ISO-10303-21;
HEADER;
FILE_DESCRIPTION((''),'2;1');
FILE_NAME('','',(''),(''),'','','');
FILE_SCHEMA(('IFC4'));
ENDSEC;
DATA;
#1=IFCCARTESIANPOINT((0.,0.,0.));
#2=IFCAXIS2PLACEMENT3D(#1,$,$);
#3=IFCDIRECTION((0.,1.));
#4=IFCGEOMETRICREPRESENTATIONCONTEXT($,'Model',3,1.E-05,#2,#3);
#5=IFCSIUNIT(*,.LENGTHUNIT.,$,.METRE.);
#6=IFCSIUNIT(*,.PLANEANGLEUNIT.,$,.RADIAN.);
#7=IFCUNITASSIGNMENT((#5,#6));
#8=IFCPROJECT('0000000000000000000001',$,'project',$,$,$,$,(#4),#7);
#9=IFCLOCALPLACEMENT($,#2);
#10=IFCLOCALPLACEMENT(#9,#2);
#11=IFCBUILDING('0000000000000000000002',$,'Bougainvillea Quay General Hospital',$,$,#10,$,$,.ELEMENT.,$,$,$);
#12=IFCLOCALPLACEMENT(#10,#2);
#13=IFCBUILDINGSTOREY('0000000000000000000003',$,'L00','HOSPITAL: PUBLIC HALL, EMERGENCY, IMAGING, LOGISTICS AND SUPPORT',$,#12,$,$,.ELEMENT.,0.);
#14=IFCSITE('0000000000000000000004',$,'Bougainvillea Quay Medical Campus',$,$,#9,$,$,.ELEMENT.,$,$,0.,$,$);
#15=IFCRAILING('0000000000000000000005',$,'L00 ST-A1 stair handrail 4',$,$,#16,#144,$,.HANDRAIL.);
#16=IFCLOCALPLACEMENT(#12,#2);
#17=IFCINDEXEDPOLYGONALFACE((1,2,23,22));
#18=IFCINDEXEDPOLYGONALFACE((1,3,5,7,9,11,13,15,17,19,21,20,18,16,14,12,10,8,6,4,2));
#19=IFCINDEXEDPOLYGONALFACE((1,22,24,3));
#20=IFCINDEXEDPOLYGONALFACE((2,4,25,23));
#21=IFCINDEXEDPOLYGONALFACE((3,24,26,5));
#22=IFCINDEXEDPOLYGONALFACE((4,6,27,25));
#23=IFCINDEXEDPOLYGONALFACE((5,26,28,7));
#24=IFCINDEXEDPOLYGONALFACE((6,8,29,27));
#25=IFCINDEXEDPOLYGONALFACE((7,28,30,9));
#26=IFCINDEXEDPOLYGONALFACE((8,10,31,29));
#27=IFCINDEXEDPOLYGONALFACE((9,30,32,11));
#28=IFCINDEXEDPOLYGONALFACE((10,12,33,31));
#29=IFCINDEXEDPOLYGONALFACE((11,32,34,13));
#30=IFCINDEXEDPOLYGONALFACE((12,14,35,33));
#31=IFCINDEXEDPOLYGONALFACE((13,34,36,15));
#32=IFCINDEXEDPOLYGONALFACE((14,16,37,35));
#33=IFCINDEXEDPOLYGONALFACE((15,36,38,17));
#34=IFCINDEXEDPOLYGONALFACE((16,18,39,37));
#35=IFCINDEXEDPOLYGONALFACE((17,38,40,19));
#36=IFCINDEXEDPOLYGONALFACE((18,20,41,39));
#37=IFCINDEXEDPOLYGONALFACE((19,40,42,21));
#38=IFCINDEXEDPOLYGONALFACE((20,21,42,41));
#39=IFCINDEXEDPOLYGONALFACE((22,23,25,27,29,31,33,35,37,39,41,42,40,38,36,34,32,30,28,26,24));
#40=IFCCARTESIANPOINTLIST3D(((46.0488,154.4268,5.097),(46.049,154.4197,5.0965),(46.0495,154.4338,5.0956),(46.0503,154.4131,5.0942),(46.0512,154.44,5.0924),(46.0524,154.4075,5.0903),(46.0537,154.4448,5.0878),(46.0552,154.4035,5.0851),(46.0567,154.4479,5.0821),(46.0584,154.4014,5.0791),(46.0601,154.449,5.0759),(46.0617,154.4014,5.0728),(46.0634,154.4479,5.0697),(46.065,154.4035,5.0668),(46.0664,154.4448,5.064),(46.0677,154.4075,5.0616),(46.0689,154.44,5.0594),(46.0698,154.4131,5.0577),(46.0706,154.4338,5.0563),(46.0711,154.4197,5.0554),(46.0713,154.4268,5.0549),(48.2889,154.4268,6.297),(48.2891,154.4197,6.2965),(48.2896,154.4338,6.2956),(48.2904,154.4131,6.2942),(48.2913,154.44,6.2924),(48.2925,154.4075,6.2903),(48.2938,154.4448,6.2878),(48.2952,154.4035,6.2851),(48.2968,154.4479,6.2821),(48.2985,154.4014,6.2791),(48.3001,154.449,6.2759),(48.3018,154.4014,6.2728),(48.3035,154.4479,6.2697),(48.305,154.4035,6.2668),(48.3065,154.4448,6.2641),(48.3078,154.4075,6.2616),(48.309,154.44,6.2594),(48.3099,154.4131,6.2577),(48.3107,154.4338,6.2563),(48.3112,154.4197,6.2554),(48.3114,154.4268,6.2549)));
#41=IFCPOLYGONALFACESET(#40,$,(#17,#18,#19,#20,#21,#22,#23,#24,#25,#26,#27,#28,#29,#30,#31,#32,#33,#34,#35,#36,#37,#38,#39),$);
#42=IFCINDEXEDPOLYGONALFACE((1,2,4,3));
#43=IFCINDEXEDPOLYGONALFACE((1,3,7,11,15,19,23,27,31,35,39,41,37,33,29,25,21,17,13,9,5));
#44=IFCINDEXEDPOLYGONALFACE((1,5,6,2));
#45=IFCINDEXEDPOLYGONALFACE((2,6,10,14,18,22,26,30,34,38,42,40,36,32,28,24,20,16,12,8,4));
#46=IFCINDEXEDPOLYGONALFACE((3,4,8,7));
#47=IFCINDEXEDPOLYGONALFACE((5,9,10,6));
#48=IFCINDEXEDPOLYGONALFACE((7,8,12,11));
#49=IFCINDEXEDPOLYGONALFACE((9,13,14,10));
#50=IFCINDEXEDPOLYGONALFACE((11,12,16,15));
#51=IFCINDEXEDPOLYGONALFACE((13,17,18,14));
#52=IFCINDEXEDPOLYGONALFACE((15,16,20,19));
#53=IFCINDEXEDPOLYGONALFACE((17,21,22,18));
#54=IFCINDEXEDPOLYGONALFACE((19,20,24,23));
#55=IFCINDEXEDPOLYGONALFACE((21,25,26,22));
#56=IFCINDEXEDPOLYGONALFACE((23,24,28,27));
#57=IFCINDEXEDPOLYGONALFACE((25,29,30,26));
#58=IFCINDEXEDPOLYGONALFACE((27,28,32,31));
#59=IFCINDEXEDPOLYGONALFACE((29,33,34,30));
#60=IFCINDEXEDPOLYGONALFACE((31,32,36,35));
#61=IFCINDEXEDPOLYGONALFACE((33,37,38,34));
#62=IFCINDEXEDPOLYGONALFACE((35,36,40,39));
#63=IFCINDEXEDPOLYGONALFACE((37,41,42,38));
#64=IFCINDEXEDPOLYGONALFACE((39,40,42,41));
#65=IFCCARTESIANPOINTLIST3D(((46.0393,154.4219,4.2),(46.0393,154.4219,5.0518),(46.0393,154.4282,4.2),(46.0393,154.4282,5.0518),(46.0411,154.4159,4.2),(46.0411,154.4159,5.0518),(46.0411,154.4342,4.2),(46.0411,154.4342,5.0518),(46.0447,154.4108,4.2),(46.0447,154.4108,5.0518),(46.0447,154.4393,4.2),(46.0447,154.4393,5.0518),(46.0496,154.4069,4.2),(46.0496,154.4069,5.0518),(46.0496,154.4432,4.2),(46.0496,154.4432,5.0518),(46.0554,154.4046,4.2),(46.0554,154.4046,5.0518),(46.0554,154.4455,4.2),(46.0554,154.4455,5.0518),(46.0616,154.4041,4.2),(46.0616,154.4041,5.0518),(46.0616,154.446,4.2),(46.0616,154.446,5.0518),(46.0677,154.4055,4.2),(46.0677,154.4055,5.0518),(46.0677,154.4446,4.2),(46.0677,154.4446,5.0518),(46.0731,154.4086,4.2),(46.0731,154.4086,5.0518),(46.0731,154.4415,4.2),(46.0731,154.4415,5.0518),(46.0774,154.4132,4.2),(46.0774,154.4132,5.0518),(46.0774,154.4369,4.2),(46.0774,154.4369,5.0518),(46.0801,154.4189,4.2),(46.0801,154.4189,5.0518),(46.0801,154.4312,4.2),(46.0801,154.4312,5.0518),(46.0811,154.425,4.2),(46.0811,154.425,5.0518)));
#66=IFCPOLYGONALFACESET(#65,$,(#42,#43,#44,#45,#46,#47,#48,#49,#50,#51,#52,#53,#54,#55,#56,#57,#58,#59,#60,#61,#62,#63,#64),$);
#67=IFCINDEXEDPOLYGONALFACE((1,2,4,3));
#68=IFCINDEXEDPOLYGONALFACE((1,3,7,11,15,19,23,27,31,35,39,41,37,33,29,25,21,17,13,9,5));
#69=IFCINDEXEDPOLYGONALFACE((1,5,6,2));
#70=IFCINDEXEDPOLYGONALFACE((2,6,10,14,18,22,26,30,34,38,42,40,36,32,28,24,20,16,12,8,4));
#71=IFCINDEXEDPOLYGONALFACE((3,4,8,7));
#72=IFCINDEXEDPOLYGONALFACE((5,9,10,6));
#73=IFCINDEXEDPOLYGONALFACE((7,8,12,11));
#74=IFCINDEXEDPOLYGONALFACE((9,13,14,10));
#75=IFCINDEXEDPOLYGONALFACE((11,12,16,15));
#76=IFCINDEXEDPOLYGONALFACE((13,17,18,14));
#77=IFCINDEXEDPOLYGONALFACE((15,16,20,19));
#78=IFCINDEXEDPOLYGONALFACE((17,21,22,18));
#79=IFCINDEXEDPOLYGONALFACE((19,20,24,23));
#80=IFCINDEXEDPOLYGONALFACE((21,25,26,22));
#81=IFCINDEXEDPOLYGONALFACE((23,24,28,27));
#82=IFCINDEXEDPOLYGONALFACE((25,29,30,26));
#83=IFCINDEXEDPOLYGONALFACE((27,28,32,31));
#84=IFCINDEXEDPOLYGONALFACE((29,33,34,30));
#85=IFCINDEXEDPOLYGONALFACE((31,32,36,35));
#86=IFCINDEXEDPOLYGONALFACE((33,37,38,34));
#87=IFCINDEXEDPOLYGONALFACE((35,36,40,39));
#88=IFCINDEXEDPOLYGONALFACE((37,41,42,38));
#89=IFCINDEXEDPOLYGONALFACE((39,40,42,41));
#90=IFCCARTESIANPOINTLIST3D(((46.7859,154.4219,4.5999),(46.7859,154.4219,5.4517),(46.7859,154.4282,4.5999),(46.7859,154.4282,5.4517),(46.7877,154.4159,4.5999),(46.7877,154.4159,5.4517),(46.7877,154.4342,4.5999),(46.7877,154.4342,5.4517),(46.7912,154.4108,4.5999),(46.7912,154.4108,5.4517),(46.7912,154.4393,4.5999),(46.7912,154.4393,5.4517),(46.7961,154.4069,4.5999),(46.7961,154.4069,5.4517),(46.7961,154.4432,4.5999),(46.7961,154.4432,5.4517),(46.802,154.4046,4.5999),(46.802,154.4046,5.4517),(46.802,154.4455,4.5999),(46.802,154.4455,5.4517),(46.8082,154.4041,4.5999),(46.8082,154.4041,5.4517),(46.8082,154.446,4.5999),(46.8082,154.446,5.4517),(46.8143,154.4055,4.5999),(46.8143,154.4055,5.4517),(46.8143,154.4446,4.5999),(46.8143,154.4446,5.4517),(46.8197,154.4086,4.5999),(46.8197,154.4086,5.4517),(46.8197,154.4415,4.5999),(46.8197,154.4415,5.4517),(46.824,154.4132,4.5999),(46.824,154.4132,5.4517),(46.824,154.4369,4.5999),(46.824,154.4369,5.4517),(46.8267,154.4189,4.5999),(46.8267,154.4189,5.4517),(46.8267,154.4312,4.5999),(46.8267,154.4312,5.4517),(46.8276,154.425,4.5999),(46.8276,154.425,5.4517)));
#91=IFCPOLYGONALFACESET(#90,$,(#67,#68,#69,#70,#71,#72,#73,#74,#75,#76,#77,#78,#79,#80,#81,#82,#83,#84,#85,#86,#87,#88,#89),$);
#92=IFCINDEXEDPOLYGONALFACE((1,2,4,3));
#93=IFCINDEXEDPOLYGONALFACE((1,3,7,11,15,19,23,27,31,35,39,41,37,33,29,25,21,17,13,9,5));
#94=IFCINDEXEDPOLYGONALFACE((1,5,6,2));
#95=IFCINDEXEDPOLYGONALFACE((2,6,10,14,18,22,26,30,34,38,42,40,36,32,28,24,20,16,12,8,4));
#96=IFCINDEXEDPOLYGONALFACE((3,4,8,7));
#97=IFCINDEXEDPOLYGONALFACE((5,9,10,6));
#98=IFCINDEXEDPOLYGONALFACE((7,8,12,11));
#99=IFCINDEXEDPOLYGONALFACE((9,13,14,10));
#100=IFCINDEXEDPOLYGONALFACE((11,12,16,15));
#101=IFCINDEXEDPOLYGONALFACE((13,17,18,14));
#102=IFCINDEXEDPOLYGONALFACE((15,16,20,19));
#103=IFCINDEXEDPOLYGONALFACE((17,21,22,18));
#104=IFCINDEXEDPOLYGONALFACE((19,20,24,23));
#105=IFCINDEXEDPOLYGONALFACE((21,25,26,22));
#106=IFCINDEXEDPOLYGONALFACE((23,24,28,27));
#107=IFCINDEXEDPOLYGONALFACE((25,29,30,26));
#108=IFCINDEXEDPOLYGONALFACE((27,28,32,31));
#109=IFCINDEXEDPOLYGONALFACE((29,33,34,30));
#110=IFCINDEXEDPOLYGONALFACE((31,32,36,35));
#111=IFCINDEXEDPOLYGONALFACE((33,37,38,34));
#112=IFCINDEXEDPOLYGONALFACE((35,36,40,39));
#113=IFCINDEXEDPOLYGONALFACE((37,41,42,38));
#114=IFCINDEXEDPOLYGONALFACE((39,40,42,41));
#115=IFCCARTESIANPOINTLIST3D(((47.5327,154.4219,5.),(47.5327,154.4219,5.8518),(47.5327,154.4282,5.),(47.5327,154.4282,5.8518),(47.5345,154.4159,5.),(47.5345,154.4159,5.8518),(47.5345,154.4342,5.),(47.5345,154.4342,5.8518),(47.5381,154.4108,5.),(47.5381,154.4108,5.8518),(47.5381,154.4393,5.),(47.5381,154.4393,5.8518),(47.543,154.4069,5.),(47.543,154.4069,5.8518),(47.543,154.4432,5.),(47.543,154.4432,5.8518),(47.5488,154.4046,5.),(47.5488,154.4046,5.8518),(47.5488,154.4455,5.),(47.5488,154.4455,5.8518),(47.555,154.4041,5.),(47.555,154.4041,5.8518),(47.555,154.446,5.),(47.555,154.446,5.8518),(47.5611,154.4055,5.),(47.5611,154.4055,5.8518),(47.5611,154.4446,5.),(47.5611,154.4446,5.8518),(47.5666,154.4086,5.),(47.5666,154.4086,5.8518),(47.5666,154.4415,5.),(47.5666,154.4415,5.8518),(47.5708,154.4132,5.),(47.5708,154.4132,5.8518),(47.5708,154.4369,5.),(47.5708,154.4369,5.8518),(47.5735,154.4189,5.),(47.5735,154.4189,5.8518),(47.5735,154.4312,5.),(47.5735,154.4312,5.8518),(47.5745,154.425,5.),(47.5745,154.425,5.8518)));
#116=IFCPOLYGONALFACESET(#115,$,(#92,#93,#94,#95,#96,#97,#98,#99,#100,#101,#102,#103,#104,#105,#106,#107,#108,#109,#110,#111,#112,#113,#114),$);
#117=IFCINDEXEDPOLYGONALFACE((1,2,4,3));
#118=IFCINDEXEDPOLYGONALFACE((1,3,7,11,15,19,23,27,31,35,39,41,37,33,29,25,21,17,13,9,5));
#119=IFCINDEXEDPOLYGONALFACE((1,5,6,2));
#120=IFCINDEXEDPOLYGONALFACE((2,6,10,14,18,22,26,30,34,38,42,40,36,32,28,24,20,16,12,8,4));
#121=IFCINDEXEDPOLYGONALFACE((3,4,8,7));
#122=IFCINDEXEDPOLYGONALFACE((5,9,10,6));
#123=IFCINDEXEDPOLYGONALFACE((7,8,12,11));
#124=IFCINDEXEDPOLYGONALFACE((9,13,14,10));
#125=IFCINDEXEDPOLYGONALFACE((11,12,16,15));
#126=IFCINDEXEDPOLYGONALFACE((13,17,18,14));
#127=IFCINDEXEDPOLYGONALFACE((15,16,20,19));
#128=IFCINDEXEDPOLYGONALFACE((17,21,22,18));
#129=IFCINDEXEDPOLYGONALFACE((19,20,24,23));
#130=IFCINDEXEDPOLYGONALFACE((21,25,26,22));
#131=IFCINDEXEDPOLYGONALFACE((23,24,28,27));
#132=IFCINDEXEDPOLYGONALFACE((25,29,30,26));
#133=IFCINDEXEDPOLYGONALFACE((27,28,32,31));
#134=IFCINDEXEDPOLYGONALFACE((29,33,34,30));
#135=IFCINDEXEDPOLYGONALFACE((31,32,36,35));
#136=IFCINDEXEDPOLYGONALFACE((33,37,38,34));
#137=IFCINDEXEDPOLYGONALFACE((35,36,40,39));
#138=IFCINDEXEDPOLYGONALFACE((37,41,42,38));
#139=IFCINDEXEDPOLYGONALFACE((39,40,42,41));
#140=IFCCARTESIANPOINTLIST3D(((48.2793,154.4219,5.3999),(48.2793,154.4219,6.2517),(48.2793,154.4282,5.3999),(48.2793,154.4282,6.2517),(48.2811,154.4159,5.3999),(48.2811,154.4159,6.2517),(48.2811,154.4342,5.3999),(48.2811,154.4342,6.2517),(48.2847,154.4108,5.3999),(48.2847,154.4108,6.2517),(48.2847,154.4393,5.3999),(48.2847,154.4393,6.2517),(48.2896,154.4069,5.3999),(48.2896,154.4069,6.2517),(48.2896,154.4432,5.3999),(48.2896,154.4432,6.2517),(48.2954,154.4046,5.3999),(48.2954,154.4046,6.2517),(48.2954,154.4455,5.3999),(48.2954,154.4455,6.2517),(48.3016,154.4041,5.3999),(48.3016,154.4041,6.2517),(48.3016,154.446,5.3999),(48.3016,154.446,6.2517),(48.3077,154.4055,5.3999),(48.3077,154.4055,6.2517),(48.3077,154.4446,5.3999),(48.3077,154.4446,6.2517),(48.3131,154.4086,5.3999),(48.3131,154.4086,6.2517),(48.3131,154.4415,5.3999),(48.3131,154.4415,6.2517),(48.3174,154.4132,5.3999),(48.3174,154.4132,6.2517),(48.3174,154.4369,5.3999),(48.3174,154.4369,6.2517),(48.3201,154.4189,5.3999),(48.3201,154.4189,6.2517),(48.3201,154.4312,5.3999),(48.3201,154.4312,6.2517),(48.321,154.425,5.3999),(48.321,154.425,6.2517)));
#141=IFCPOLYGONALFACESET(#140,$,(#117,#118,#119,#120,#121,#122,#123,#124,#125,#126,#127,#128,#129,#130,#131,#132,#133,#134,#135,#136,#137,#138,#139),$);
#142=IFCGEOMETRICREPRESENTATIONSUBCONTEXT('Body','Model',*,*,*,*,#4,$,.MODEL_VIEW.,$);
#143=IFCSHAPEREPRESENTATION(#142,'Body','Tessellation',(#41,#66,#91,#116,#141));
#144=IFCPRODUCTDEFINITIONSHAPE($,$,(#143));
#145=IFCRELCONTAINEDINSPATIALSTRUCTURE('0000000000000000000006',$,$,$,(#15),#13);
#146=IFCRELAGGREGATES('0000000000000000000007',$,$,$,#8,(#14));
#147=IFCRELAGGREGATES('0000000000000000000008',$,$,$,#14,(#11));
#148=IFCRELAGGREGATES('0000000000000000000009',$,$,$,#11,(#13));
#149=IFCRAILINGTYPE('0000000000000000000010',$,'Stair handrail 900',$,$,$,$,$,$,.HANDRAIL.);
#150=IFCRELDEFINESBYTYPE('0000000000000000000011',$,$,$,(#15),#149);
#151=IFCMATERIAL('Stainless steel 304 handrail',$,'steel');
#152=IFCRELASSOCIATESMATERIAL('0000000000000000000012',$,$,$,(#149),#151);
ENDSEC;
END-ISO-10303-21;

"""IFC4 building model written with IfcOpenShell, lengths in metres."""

from ifc_helpers import new_model, si_unit, direction, frame, origin, origin_2d, place, context, subcontext, project, spatial, circle, extrude, material, type_object, element, save


model = new_model("IFC4")

# Units and contexts
model_context = context("Model", 3, precision=1e-05, world=origin(), true_north=direction((0.0, 1.0)))
body_context = subcontext(model_context, "Body", "Model", "MODEL_VIEW")
ifc_project = project(units=[si_unit("LENGTHUNIT", "METRE"), si_unit("PLANEANGLEUNIT", "RADIAN")], contexts=[model_context])

# Site, building, storey
site_placement = place(None, origin())
site = spatial("IfcSite", under=ifc_project, at=site_placement, Name="Bougainvillea Quay Medical Campus", CompositionType="ELEMENT", RefElevation=0.0)
building_placement = place(site_placement, origin())
building = spatial("IfcBuilding", under=site, at=building_placement, Name="Bougainvillea Quay General Hospital", CompositionType="ELEMENT")
storey_placement = place(building_placement, origin())
storey = spatial("IfcBuildingStorey", under=building, at=storey_placement, Name="L00", Description="HOSPITAL: PUBLIC HALL, EMERGENCY, IMAGING, LOGISTICS AND SUPPORT", CompositionType="ELEMENT", Elevation=0.0)

# Railing
ifc_material_1 = material(Name="Stainless steel 304 handrail", Category="steel")
railing_type_1 = type_object("IfcRailingType", Name="Stair handrail 900", PredefinedType="HANDRAIL", material=ifc_material_1)
railing_1_placement = place(storey_placement, frame((46.0601, 154.425, 4.2)))
element("IfcRailing", 1, at=railing_1_placement, inside=storey, type_object=railing_type_1, Name="L00 ST-A1 stair handrail 4", PredefinedType="HANDRAIL", context=body_context, shape_type="SweptSolid", body=[
    extrude(circle(Radius=0.0239, at=origin_2d()), frame((0.0, 0.0, 0.876), z_axis=(0.881487, 0.0, 0.472208), x_axis=(0.0, 1.0, 0.0)), (0.0, 0.0, 1.0), 2.5413),
    extrude(circle(Radius=0.021, at=origin_2d()), origin(), (0.0, 0.0, 1.0), 0.8518),
    extrude(circle(Radius=0.021, at=origin_2d()), frame((0.7466, 0.0, 0.3999)), (0.0, 0.0, 1.0), 0.8518),
    extrude(circle(Radius=0.021, at=origin_2d()), frame((1.4934, 0.0, 0.8)), (0.0, 0.0, 1.0), 0.8518),
    extrude(circle(Radius=0.021, at=origin_2d()), frame((2.24, 0.0, 1.2)), (0.0, 0.0, 1.0), 0.8518),
])

save(model, "model.ifc")
